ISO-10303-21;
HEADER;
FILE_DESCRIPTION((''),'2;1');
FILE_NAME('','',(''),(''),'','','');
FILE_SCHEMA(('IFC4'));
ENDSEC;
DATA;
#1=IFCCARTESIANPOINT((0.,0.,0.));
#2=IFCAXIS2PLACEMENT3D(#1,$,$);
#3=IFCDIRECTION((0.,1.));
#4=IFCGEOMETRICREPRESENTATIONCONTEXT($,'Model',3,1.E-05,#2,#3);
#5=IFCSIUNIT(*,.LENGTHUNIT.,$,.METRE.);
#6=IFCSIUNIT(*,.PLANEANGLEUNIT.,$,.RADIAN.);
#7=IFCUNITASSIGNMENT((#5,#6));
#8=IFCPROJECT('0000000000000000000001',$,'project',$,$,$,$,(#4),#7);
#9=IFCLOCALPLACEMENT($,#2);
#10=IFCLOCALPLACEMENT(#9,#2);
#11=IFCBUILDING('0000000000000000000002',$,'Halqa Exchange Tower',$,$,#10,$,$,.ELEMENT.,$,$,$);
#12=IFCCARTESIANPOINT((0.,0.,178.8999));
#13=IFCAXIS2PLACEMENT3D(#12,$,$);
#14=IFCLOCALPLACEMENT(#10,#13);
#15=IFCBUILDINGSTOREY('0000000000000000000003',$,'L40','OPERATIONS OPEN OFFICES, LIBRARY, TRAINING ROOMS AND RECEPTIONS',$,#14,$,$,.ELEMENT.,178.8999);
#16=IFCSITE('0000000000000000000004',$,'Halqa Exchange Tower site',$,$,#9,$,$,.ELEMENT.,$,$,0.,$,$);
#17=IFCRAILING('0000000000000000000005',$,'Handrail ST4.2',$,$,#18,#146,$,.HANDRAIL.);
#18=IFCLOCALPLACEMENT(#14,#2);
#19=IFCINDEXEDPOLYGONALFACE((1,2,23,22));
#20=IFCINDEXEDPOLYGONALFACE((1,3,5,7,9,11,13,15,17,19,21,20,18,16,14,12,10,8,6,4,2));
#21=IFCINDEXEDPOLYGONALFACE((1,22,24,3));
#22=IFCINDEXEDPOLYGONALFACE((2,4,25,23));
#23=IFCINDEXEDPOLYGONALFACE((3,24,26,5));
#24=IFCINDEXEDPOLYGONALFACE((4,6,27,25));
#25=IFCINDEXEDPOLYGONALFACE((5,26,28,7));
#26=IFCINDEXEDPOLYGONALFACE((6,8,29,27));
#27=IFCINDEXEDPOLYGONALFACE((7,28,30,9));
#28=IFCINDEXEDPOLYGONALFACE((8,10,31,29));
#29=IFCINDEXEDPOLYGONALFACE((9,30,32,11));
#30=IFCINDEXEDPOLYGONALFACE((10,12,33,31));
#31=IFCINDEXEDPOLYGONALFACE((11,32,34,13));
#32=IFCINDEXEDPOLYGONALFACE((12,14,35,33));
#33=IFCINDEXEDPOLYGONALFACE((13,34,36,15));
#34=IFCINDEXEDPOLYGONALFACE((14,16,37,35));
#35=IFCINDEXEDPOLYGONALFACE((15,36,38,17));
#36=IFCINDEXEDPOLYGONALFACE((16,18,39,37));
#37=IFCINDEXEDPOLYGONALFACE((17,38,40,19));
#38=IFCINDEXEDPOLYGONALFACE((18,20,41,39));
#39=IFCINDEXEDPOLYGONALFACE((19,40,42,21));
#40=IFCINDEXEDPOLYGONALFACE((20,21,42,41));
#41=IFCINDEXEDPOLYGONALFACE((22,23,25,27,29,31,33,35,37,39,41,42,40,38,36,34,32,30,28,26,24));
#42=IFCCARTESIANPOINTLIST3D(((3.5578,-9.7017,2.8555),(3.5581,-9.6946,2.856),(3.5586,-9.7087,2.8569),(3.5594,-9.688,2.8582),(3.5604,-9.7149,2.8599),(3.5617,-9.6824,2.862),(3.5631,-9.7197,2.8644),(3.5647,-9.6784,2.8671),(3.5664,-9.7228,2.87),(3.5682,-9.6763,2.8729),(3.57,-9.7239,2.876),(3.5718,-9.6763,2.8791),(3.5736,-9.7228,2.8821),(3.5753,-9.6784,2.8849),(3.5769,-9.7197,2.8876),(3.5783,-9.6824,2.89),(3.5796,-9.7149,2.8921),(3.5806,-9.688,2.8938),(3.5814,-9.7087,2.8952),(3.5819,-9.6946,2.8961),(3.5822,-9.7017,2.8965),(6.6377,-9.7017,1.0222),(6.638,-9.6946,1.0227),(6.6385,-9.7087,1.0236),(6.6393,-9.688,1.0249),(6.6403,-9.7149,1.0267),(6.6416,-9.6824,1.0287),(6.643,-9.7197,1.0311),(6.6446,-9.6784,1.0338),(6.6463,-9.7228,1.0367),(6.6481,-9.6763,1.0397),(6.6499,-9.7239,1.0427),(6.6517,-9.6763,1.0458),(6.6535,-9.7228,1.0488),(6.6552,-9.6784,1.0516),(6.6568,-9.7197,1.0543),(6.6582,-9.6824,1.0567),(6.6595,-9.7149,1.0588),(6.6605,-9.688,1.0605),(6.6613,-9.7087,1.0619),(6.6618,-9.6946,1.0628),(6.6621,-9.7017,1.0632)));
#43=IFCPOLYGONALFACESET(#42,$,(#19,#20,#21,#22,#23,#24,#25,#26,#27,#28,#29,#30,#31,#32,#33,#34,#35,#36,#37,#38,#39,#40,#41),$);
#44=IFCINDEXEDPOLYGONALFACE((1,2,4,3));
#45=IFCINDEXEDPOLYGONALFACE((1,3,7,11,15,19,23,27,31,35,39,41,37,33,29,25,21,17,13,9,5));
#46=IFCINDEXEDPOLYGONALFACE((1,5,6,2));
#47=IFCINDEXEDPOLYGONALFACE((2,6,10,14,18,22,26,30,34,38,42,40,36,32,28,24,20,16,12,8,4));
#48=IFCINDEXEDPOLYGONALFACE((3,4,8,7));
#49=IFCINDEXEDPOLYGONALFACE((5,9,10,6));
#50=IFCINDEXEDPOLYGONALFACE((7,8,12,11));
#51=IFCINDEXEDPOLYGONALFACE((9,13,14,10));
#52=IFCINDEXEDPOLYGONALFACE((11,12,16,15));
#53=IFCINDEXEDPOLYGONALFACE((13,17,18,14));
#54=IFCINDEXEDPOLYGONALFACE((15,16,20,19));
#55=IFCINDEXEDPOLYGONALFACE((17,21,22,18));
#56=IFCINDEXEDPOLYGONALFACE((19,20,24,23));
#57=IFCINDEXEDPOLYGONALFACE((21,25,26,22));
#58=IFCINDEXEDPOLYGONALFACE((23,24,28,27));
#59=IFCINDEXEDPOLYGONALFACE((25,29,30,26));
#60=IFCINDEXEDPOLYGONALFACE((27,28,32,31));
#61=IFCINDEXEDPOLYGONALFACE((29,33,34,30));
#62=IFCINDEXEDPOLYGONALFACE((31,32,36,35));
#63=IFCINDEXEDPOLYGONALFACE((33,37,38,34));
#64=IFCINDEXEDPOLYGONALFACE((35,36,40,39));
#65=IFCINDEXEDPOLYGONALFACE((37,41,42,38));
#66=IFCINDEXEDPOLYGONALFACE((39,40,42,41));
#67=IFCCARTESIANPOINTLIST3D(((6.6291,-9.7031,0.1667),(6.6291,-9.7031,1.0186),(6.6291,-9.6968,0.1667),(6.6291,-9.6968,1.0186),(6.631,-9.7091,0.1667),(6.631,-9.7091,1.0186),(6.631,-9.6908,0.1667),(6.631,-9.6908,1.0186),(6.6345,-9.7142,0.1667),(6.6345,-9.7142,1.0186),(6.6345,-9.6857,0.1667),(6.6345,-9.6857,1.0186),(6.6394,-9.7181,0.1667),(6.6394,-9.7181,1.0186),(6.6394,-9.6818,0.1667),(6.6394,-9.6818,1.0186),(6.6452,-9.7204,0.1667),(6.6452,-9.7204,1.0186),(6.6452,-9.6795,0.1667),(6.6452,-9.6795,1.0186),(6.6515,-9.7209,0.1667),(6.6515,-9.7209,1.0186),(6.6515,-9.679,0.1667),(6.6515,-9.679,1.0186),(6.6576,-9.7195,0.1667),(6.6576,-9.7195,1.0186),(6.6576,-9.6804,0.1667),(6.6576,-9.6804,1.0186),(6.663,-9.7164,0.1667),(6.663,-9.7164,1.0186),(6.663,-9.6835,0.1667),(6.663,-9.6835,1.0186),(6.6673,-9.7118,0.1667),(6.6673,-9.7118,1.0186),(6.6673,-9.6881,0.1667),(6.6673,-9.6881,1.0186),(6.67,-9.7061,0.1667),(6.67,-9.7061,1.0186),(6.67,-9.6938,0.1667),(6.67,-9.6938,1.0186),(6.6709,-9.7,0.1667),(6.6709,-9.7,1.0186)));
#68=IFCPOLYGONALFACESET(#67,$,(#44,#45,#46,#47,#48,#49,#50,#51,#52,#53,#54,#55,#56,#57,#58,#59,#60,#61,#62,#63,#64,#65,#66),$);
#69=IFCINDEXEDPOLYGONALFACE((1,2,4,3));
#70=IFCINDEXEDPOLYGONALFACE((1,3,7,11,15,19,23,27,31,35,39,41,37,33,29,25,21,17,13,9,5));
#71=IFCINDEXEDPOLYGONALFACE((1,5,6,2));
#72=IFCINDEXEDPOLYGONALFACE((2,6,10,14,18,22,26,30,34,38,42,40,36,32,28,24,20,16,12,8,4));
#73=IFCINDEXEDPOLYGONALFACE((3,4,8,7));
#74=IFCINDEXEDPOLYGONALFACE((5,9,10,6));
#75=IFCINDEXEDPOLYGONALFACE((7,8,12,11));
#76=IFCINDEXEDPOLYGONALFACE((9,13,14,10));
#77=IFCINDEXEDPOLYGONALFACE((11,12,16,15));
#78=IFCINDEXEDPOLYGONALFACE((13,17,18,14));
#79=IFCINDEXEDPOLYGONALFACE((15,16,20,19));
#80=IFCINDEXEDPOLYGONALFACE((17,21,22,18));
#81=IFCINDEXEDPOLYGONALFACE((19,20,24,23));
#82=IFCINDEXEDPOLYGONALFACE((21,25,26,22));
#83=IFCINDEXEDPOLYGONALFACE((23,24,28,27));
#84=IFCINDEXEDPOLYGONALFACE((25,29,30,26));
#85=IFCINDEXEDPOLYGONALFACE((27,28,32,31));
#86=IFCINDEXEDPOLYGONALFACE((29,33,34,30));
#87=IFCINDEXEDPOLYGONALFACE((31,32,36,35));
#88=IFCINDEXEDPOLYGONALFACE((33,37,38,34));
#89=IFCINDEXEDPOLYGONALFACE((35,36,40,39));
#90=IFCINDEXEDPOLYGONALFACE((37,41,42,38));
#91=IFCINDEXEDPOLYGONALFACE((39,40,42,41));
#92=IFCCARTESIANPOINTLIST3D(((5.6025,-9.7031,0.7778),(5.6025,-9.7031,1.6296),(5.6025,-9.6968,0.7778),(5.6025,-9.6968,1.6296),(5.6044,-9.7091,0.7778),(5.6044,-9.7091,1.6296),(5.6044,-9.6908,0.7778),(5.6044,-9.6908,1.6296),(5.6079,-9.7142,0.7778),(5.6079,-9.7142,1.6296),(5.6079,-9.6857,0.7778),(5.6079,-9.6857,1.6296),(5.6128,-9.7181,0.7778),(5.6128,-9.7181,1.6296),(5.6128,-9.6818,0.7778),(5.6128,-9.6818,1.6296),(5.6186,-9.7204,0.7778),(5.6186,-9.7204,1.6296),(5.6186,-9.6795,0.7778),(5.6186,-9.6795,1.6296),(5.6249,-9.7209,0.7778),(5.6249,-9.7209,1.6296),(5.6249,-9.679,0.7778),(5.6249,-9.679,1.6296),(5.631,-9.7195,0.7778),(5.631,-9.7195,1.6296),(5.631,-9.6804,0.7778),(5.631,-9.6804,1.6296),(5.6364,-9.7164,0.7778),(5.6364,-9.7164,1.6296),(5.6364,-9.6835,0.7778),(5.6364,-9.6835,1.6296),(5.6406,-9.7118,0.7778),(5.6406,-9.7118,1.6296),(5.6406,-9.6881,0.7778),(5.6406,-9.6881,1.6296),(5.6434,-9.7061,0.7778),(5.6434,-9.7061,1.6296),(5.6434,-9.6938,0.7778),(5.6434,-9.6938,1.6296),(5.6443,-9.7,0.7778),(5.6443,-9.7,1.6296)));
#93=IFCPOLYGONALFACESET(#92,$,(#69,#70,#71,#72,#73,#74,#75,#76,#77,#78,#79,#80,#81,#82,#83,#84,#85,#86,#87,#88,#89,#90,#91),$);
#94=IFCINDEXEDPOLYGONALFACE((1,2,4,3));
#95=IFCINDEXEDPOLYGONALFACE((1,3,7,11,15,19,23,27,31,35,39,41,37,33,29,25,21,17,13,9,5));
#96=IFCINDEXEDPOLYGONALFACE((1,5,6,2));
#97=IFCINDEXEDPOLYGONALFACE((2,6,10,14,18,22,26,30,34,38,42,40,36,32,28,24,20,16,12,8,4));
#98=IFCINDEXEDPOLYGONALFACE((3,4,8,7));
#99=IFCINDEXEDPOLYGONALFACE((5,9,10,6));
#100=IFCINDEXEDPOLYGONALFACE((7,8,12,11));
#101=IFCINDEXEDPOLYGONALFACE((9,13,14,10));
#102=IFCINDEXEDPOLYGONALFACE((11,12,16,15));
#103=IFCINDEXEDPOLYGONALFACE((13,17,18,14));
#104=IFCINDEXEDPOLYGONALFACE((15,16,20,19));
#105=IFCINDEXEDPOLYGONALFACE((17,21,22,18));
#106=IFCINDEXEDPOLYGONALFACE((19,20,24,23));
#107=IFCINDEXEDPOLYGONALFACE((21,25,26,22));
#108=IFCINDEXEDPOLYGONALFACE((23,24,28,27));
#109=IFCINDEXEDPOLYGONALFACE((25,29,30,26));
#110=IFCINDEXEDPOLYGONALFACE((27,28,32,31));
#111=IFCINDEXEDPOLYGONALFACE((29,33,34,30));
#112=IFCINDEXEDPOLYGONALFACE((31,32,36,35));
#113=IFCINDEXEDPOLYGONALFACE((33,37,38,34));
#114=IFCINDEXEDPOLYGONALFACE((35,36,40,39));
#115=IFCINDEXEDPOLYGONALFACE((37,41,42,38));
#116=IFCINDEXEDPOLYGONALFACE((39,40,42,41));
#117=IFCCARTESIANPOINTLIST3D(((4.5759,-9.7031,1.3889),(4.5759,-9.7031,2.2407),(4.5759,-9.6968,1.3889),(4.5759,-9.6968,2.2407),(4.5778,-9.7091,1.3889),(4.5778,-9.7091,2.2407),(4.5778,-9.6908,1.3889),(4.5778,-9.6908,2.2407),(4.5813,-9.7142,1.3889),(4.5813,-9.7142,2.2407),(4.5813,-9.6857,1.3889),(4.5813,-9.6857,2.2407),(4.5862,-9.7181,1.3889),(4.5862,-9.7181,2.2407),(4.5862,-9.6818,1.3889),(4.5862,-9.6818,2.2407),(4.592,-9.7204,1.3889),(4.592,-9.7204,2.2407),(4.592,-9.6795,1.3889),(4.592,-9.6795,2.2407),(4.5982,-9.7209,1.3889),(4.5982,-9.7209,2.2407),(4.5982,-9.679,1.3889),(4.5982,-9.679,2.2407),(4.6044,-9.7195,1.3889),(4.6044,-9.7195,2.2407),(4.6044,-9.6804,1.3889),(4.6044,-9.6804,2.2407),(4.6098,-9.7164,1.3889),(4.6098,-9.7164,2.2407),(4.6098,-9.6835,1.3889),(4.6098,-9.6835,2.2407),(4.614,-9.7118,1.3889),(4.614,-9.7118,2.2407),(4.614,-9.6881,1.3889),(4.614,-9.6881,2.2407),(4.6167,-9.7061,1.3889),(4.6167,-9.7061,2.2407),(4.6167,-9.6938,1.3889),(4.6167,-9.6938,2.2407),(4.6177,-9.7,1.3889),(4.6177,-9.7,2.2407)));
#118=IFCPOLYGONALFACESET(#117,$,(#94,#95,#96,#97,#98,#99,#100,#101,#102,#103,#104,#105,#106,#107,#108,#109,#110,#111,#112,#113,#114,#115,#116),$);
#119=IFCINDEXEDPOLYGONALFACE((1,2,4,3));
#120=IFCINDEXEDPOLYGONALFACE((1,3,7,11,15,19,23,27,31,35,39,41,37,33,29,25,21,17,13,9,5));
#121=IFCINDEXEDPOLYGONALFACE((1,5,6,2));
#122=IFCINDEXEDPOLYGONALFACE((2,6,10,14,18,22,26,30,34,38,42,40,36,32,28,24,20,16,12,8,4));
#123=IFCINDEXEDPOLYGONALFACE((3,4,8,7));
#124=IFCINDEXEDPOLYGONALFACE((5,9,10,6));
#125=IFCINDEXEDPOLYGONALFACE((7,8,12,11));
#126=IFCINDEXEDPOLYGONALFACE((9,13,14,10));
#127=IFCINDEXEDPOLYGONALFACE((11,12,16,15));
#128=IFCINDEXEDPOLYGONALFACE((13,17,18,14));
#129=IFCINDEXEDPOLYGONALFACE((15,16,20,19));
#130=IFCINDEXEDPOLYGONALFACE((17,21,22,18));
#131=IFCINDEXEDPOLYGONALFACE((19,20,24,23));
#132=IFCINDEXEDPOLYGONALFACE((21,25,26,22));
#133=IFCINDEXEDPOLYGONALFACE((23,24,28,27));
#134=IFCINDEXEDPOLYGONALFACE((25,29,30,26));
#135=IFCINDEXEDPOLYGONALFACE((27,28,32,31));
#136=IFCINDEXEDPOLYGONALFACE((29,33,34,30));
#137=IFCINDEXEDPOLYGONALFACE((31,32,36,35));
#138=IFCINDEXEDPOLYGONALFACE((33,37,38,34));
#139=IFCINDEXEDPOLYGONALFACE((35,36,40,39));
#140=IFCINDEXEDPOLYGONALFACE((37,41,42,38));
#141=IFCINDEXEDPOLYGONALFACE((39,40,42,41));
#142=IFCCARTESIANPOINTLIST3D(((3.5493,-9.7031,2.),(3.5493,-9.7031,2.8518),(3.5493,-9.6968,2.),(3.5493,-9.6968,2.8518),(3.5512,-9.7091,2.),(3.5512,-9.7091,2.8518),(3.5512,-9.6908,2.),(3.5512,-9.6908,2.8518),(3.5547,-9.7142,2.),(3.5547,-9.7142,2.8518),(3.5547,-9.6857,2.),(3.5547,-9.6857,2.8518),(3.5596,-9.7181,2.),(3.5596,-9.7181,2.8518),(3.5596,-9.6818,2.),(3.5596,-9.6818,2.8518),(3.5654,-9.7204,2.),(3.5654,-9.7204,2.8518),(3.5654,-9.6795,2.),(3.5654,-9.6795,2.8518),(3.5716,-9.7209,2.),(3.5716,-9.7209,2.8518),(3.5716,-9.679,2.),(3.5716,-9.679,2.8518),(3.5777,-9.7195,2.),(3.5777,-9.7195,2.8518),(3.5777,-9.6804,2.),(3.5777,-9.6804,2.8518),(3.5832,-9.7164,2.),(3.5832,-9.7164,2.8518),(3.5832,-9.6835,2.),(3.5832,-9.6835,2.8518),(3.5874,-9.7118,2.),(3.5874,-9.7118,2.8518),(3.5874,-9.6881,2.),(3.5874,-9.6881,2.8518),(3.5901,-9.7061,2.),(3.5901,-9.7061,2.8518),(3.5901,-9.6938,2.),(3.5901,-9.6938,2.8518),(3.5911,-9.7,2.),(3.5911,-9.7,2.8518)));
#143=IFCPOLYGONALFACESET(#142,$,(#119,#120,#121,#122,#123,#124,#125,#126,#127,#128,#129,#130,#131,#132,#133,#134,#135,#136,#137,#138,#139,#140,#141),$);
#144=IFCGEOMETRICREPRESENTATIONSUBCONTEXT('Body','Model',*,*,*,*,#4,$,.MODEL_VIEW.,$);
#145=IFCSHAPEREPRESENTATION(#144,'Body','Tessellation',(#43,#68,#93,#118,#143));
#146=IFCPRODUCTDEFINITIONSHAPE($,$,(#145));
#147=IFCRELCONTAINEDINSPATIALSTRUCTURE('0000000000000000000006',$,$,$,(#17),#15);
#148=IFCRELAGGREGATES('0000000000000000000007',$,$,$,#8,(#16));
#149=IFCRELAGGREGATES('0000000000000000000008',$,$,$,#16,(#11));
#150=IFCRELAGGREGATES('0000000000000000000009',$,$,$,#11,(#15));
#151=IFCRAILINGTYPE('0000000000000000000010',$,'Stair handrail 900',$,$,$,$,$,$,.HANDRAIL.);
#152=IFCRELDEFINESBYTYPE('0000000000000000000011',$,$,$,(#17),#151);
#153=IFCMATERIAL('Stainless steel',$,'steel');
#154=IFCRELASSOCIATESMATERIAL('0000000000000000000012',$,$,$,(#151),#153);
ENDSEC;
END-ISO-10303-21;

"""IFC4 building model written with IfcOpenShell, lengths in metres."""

from ifc_helpers import new_model, si_unit, direction, frame, origin, origin_2d, place, context, subcontext, project, spatial, circle, extrude, material, type_object, element, save


model = new_model("IFC4")

# Units and contexts
model_context = context("Model", 3, precision=1e-05, world=origin(), true_north=direction((0.0, 1.0)))
body_context = subcontext(model_context, "Body", "Model", "MODEL_VIEW")
ifc_project = project(units=[si_unit("LENGTHUNIT", "METRE"), si_unit("PLANEANGLEUNIT", "RADIAN")], contexts=[model_context])

# Site, building, storey
site_placement = place(None, origin())
site = spatial("IfcSite", under=ifc_project, at=site_placement, Name="Halqa Exchange Tower site", CompositionType="ELEMENT", RefElevation=0.0)
building_placement = place(site_placement, origin())
building = spatial("IfcBuilding", under=site, at=building_placement, Name="Halqa Exchange Tower", CompositionType="ELEMENT")
storey_placement = place(building_placement, frame((0.0, 0.0, 178.8999)))
storey = spatial("IfcBuildingStorey", under=building, at=storey_placement, Name="L40", Description="OPERATIONS OPEN OFFICES, LIBRARY, TRAINING ROOMS AND RECEPTIONS", CompositionType="ELEMENT", Elevation=178.8999)

# Railing
ifc_material_1 = material(Name="Stainless steel", Category="steel")
railing_type_1 = type_object("IfcRailingType", Name="Stair handrail 900", PredefinedType="HANDRAIL", material=ifc_material_1)
railing_1_placement = place(storey_placement, frame((6.6499, -9.7, 0.1667)))
element("IfcRailing", 1, at=railing_1_placement, inside=storey, type_object=railing_type_1, Name="Handrail ST4.2", PredefinedType="HANDRAIL", context=body_context, shape_type="SweptSolid", body=[
    extrude(circle(Radius=0.0239, at=origin_2d()), frame((0.0, 0.0, 0.876), z_axis=(-0.859291, 0.0, 0.511487), x_axis=(0.0, -1.0, 0.0)), (0.0, 0.0, 1.0), 3.5842),
    extrude(circle(Radius=0.021, at=origin_2d()), origin(), (0.0, 0.0, 1.0), 0.8518),
    extrude(circle(Radius=0.021, at=origin_2d()), frame((-1.0266, 0.0, 0.6111)), (0.0, 0.0, 1.0), 0.8518),
    extrude(circle(Radius=0.021, at=origin_2d()), frame((-2.0532, 0.0, 1.2222)), (0.0, 0.0, 1.0), 0.8518),
    extrude(circle(Radius=0.021, at=origin_2d()), frame((-3.0798, 0.0, 1.8333)), (0.0, 0.0, 1.0), 0.8518),
])

save(model, "model.ifc")
